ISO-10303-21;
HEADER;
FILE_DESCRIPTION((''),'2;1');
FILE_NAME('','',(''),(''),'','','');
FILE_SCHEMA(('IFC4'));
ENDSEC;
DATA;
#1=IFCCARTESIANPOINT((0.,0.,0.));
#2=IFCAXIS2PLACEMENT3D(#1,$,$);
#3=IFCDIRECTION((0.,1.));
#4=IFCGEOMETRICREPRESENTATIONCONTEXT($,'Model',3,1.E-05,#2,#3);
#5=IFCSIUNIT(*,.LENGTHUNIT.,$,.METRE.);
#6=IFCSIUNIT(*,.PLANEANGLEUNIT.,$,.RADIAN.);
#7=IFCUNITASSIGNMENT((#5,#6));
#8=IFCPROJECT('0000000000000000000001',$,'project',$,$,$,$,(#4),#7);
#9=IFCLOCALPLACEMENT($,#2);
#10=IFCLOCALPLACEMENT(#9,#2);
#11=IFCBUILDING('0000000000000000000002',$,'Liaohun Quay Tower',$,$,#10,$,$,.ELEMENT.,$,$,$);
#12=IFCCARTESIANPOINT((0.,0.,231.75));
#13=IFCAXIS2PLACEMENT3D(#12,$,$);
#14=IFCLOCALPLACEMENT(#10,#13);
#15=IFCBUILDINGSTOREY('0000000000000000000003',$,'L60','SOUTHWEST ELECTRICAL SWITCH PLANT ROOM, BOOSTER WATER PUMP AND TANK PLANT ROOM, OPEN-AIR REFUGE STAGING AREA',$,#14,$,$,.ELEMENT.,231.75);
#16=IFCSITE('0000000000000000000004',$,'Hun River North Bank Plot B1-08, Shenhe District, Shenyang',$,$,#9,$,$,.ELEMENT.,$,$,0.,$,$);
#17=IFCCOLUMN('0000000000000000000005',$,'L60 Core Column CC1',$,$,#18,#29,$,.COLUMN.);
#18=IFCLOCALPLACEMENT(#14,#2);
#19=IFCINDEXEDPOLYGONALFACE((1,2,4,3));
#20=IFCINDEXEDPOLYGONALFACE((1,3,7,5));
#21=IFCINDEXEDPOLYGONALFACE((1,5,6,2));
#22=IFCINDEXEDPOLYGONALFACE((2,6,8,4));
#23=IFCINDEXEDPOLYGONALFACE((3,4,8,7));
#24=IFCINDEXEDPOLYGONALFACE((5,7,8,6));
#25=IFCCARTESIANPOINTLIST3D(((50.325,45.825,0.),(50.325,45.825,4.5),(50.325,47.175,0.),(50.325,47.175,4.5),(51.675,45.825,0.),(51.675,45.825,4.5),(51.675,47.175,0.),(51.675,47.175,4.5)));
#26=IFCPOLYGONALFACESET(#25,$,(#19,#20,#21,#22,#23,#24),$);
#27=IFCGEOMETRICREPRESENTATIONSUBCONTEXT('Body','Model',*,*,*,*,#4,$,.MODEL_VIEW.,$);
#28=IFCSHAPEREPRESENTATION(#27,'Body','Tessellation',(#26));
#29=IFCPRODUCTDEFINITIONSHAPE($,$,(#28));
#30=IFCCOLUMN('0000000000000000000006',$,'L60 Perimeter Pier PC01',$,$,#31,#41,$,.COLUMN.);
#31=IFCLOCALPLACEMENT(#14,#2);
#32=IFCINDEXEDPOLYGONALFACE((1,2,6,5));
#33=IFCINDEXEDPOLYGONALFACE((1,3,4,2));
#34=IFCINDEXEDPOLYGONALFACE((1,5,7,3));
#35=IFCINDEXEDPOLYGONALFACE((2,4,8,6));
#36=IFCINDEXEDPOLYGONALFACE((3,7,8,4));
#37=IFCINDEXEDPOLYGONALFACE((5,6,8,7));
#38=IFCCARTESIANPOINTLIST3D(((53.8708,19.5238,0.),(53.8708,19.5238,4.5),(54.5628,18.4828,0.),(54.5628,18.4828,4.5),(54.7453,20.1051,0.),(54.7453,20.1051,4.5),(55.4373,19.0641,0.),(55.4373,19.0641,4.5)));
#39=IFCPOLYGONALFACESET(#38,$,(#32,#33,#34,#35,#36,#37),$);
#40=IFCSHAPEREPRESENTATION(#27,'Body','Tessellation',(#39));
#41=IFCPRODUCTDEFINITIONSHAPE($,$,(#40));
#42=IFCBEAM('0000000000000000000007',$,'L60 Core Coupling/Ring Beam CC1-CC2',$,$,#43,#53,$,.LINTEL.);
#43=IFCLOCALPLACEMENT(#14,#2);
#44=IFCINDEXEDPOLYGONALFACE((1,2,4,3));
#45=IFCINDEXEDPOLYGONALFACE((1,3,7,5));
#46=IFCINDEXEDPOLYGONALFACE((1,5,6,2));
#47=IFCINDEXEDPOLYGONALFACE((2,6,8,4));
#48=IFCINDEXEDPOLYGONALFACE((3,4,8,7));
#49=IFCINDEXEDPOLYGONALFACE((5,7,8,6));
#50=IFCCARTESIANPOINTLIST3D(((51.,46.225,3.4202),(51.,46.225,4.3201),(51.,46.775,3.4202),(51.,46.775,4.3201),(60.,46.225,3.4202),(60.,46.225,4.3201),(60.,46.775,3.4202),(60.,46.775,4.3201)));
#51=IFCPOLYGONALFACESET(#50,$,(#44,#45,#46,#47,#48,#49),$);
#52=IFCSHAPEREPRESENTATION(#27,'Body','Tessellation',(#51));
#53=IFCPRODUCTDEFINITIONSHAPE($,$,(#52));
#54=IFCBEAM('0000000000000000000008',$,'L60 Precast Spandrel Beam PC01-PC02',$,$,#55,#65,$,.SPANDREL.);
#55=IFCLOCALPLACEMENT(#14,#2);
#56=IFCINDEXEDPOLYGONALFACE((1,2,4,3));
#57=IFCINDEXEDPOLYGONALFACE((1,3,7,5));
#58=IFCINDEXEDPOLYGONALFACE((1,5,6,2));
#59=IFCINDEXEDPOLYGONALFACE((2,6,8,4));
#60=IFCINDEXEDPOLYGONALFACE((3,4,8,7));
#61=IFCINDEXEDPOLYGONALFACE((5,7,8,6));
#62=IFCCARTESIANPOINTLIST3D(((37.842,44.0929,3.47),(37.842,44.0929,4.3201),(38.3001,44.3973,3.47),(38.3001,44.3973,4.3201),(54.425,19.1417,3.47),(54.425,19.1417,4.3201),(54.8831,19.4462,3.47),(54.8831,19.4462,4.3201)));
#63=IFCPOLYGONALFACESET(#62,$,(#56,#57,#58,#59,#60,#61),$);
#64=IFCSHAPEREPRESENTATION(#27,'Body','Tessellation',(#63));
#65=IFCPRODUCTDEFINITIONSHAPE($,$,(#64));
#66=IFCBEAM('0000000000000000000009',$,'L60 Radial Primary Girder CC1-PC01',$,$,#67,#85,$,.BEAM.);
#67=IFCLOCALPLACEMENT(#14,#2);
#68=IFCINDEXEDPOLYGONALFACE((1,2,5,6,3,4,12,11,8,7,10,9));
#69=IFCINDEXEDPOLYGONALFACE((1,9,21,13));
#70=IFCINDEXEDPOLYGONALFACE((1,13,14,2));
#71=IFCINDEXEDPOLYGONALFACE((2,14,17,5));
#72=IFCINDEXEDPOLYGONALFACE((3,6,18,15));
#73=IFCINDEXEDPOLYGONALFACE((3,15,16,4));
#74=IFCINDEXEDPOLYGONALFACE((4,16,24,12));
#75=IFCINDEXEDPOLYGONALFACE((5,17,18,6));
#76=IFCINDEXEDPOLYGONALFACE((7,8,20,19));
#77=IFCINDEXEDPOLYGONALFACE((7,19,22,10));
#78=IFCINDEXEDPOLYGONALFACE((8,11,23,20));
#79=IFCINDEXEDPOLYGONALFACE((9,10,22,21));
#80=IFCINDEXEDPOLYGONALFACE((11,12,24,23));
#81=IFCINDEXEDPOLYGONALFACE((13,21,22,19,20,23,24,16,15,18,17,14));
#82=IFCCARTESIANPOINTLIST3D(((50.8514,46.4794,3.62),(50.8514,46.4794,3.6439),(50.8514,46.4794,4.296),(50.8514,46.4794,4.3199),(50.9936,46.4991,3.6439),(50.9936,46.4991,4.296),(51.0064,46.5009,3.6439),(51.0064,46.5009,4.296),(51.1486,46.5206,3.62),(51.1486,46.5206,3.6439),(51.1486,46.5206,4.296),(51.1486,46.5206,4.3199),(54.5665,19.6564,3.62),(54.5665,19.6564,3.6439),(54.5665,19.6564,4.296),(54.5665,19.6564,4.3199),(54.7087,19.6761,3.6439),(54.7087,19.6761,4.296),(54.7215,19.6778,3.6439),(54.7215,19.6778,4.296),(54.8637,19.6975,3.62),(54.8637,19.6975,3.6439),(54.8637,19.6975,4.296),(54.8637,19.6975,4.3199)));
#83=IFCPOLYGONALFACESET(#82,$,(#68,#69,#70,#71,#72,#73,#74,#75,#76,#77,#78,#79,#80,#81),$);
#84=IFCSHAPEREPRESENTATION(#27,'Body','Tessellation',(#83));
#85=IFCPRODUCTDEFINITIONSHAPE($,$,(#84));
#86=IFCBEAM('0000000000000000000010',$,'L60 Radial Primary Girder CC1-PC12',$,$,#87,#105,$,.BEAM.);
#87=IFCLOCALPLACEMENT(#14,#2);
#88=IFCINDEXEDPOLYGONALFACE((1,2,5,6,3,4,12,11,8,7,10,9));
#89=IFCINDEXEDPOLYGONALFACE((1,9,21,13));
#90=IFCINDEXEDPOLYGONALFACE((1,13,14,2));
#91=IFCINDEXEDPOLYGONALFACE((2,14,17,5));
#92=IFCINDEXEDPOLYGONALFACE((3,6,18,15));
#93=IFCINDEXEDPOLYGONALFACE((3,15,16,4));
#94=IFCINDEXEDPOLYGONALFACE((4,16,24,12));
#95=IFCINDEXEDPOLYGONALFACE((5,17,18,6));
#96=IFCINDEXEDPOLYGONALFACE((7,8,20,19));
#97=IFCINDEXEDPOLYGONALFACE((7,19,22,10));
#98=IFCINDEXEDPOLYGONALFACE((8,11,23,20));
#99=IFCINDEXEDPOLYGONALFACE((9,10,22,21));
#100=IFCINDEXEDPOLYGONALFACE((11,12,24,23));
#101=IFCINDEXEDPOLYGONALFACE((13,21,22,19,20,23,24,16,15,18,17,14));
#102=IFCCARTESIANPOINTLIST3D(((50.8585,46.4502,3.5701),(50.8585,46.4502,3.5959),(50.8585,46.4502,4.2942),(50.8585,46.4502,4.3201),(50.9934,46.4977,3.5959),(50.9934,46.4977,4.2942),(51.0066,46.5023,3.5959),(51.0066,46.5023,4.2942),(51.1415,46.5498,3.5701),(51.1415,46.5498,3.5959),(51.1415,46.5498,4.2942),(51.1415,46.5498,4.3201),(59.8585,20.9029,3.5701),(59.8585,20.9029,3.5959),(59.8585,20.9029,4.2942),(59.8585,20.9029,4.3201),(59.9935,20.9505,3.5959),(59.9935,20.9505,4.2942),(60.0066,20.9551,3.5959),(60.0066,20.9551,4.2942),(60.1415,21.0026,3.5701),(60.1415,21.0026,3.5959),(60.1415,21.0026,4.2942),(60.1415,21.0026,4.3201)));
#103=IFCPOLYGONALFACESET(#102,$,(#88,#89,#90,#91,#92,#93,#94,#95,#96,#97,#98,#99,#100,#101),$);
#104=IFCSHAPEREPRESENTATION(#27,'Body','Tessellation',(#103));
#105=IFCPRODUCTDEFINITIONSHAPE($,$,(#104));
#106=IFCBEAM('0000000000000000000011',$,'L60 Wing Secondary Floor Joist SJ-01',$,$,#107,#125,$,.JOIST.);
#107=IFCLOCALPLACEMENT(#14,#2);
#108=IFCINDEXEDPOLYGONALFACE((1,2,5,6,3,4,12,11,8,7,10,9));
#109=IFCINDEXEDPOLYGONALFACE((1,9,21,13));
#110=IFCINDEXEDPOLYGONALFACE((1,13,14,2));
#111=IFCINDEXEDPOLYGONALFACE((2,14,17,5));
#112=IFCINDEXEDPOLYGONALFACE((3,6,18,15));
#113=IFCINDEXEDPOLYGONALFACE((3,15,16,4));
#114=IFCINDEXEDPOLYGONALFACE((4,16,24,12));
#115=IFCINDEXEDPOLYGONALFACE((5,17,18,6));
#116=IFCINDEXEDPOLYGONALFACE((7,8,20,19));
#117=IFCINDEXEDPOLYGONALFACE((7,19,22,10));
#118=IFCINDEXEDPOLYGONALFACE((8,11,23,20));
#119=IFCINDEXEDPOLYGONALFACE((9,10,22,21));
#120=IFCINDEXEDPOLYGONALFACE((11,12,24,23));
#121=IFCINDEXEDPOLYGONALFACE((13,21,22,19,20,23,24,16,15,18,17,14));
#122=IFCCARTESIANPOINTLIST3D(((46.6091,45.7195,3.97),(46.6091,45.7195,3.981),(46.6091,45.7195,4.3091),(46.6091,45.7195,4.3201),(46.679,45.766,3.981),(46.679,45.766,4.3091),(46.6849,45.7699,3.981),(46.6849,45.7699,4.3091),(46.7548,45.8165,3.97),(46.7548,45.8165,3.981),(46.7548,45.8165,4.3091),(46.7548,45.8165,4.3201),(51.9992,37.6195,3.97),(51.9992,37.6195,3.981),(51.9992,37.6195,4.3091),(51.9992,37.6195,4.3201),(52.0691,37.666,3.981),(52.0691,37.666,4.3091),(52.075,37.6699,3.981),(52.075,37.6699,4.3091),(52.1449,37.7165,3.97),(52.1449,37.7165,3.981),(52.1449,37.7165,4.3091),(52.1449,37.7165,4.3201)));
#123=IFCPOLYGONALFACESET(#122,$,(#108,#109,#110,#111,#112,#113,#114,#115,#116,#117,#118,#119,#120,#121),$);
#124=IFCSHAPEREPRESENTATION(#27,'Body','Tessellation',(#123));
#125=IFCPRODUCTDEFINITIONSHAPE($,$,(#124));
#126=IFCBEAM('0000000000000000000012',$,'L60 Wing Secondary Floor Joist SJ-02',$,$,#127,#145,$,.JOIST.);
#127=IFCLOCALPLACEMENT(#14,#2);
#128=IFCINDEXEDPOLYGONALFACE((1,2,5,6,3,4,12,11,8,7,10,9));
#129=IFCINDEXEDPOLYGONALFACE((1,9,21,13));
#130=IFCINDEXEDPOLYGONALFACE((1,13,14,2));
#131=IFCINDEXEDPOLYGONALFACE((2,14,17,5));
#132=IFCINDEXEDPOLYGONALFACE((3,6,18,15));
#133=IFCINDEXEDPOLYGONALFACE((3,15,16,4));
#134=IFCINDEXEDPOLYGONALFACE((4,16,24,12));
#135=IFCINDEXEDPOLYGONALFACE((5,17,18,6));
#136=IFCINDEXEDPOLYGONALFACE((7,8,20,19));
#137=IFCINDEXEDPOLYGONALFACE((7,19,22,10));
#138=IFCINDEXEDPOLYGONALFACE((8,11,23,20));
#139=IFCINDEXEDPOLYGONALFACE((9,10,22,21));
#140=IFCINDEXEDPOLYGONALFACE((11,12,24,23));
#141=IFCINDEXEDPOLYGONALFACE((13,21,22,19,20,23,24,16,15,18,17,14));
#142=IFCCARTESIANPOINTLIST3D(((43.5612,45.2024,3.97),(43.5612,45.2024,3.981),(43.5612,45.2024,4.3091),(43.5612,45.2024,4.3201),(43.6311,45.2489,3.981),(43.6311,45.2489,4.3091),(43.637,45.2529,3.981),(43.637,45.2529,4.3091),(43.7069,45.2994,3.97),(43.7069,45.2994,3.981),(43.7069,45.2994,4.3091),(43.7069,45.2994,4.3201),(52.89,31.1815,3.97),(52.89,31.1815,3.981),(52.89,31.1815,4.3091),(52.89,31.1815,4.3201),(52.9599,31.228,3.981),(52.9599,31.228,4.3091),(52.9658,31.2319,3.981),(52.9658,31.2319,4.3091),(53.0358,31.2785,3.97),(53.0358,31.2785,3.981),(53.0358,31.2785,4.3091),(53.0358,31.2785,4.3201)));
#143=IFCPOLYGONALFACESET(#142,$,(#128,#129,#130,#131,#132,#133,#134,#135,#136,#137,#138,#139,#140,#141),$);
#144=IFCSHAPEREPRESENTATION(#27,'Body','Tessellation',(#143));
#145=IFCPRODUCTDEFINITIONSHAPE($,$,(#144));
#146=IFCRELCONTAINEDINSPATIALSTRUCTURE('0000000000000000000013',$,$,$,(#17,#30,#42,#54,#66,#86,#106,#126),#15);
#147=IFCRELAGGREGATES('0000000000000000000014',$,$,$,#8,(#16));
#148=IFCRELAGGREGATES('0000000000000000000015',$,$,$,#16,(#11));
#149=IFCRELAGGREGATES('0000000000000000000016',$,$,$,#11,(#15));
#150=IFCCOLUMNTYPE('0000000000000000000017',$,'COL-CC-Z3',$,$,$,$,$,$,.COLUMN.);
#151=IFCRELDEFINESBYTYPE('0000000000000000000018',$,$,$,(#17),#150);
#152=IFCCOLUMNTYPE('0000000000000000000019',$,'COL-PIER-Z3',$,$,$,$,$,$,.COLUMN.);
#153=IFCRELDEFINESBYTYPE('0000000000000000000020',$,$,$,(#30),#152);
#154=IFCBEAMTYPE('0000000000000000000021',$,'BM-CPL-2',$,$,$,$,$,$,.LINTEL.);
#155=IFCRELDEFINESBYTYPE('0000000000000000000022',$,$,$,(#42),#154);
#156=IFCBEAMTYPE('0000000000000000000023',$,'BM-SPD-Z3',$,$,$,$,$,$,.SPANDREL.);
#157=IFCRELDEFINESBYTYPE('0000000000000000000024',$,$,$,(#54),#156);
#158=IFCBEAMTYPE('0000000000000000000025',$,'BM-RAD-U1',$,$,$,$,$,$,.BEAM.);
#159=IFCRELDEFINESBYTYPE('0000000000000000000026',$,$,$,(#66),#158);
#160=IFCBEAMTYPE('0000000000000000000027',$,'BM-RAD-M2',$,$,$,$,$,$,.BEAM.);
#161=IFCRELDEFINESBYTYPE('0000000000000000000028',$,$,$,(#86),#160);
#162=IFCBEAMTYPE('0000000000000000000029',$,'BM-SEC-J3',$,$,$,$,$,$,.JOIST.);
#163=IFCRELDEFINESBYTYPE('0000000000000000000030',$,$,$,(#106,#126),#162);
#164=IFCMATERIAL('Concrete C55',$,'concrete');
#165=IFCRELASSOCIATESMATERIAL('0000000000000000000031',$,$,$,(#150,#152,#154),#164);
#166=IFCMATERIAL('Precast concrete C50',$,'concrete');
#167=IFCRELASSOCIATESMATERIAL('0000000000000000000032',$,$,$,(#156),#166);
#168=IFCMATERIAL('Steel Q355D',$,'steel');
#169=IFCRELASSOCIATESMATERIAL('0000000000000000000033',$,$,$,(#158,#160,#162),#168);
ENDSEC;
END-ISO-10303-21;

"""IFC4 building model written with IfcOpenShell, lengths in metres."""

from ifc_helpers import new_model, si_unit, direction, frame, origin, origin_2d, place, context, subcontext, project, spatial, rectangle, i_section, extrude, source, transform, mapped, material, material_profile, profile_set, type_object, element, save


model = new_model("IFC4")

# Units and contexts
model_context = context("Model", 3, precision=1e-05, world=origin(), true_north=direction((0.0, 1.0)))
body_context = subcontext(model_context, "Body", "Model", "MODEL_VIEW")
ifc_project = project(units=[si_unit("LENGTHUNIT", "METRE"), si_unit("PLANEANGLEUNIT", "RADIAN")], contexts=[model_context])

# Site, building, storey
site_placement = place(None, origin())
site = spatial("IfcSite", under=ifc_project, at=site_placement, Name="Hun River North Bank Plot B1-08, Shenhe District, Shenyang", CompositionType="ELEMENT", RefElevation=0.0)
building_placement = place(site_placement, origin())
building = spatial("IfcBuilding", under=site, at=building_placement, Name="Liaohun Quay Tower", CompositionType="ELEMENT")
storey_placement = place(building_placement, frame((0.0, 0.0, 231.75)))
storey = spatial("IfcBuildingStorey", under=building, at=storey_placement, Name="L60", Description="SOUTHWEST ELECTRICAL SWITCH PLANT ROOM, BOOSTER WATER PUMP AND TANK PLANT ROOM, OPEN-AIR REFUGE STAGING AREA", CompositionType="ELEMENT", Elevation=231.75)

# Columns
ifc_material_1 = material(Name="Concrete C55", Category="concrete")
ifc_material_profile_1 = material_profile(ifc_material_1, rectangle(XDim=1.3501, YDim=1.3501, at=origin_2d()), Name="RC1350x1350")
ifc_profile_set_1 = profile_set([ifc_material_profile_1], Name="Concrete C55")
column_type_1 = type_object("IfcColumnType", Name="COL-CC-Z3", PredefinedType="COLUMN", material=ifc_profile_set_1)
shared_shape_1 = source(origin(), body_context, "Body", "SweptSolid", [
    extrude(rectangle(XDim=1.3501, YDim=1.3501, at=origin_2d()), origin(), (0.0, 0.0, 1.0), 4.5),
])
column_1_placement = place(storey_placement, frame((51.0, 46.5, 0.0), z_axis=(0.0, 0.0, 1.0), x_axis=(1.0, 0.0, 0.0)))
element("IfcColumn", 1, at=column_1_placement, inside=storey, type_object=column_type_1, Name="L60 Core Column CC1", PredefinedType="COLUMN", context=body_context, shape_type="MappedRepresentation", body=[
    mapped(shared_shape_1, transform((0.0, 0.0, 0.0), x_axis=(1.0, 0.0, 0.0), y_axis=(0.0, 1.0, 0.0), z_axis=(0.0, 0.0, 1.0), scale=1.0)),
])
ifc_material_profile_2 = material_profile(ifc_material_1, rectangle(XDim=1.25, YDim=1.05, at=origin_2d()), Name="RC1250x1050")
ifc_profile_set_2 = profile_set([ifc_material_profile_2], Name="Concrete C55")
column_type_2 = type_object("IfcColumnType", Name="COL-PIER-Z3", PredefinedType="COLUMN", material=ifc_profile_set_2)
shared_shape_2 = source(origin(), body_context, "Body", "SweptSolid", [
    extrude(rectangle(XDim=1.25, YDim=1.05, at=origin_2d()), origin(), (0.0, 0.0, 1.0), 4.5),
])
column_2_placement = place(storey_placement, frame((54.6541, 19.2939, 0.0), z_axis=(0.0, 0.0, 1.0), x_axis=(-0.553537, 0.832825, 0.0)))
element("IfcColumn", 2, at=column_2_placement, inside=storey, type_object=column_type_2, Name="L60 Perimeter Pier PC01", PredefinedType="COLUMN", context=body_context, shape_type="MappedRepresentation", body=[
    mapped(shared_shape_2, transform((0.0, 0.0, 0.0), x_axis=(1.0, 0.0, 0.0), y_axis=(0.0, 1.0, 0.0), z_axis=(0.0, 0.0, 1.0), scale=1.0)),
])

# Beams
ifc_material_profile_3 = material_profile(ifc_material_1, rectangle(XDim=0.55, YDim=0.8999, at=origin_2d()), Name="RC550x900")
ifc_profile_set_3 = profile_set([ifc_material_profile_3], Name="Concrete C55")
beam_type_1 = type_object("IfcBeamType", Name="BM-CPL-2", PredefinedType="LINTEL", material=ifc_profile_set_3)
shared_shape_3 = source(origin(), body_context, "Body", "SweptSolid", [
    extrude(rectangle(XDim=0.55, YDim=0.8999, at=origin_2d()), origin(), (0.0, 0.0, 1.0), 9.0),
])
beam_1_placement = place(storey_placement, frame((51.0, 46.5, 3.8701), z_axis=(1.0, 0.0, 0.0), x_axis=(0.0, 1.0, 0.0)))
element("IfcBeam", 3, at=beam_1_placement, inside=storey, type_object=beam_type_1, Name="L60 Core Coupling/Ring Beam CC1-CC2", PredefinedType="LINTEL", context=body_context, shape_type="MappedRepresentation", body=[
    mapped(shared_shape_3, transform((0.0, 0.0, 0.0), x_axis=(1.0, 0.0, 0.0), y_axis=(0.0, 1.0, 0.0), z_axis=(0.0, 0.0, 1.0), scale=1.0)),
])
ifc_material_2 = material(Name="Precast concrete C50", Category="concrete")
ifc_material_profile_4 = material_profile(ifc_material_2, rectangle(XDim=0.55, YDim=0.8501, at=origin_2d()), Name="RC550x850")
ifc_profile_set_4 = profile_set([ifc_material_profile_4], Name="Precast concrete C50")
beam_type_2 = type_object("IfcBeamType", Name="BM-SPD-Z3", PredefinedType="SPANDREL", material=ifc_profile_set_4)
shared_shape_4 = source(origin(), body_context, "Body", "SweptSolid", [
    extrude(rectangle(XDim=0.55, YDim=0.8501, at=origin_2d()), origin(), (0.0, 0.0, 1.0), 29.9592),
])
beam_2_placement = place(storey_placement, frame((54.6541, 19.2939, 3.895), z_axis=(-0.553519, 0.832837, 0.0), x_axis=(-0.832837, -0.553519, 0.0)))
element("IfcBeam", 4, at=beam_2_placement, inside=storey, type_object=beam_type_2, Name="L60 Precast Spandrel Beam PC01-PC02", PredefinedType="SPANDREL", context=body_context, shape_type="MappedRepresentation", body=[
    mapped(shared_shape_4, transform((0.0, 0.0, 0.0), x_axis=(1.0, 0.0, 0.0), y_axis=(0.0, 1.0, 0.0), z_axis=(0.0, 0.0, 1.0), scale=1.0)),
])
ifc_material_3 = material(Name="Steel Q355D", Category="steel")
ifc_material_profile_5 = material_profile(ifc_material_3, i_section(OverallWidth=0.3, OverallDepth=0.7, WebThickness=0.0129, FlangeThickness=0.0239, at=origin_2d()), Name="HN700x300x13x24")
ifc_profile_set_5 = profile_set([ifc_material_profile_5], Name="Steel Q355D")
beam_type_3 = type_object("IfcBeamType", Name="BM-RAD-U1", PredefinedType="BEAM", material=ifc_profile_set_5)
shared_shape_5 = source(origin(), body_context, "Body", "SweptSolid", [
    extrude(i_section(OverallWidth=0.3, OverallDepth=0.7, WebThickness=0.0129, FlangeThickness=0.0239, at=origin_2d()), origin(), (0.0, 0.0, 1.0), 27.0791),
])
beam_3_placement = place(storey_placement, frame((51.0, 46.5, 3.97), z_axis=(0.137194, -0.990544, 0.0), x_axis=(0.990544, 0.137194, 0.0)))
element("IfcBeam", 5, at=beam_3_placement, inside=storey, type_object=beam_type_3, Name="L60 Radial Primary Girder CC1-PC01", PredefinedType="BEAM", context=body_context, shape_type="MappedRepresentation", body=[
    mapped(shared_shape_5, transform((0.0, 0.0, 0.0), x_axis=(1.0, 0.0, 0.0), y_axis=(0.0, 1.0, 0.0), z_axis=(0.0, 0.0, 1.0), scale=1.0)),
])
ifc_material_profile_6 = material_profile(ifc_material_3, i_section(OverallWidth=0.3, OverallDepth=0.75, WebThickness=0.0139, FlangeThickness=0.0259, at=origin_2d()), Name="HN750x300x14x26")
ifc_profile_set_6 = profile_set([ifc_material_profile_6], Name="Steel Q355D")
beam_type_4 = type_object("IfcBeamType", Name="BM-RAD-M2", PredefinedType="BEAM", material=ifc_profile_set_6)
shared_shape_6 = source(origin(), body_context, "Body", "SweptSolid", [
    extrude(i_section(OverallWidth=0.3, OverallDepth=0.75, WebThickness=0.0139, FlangeThickness=0.0259, at=origin_2d()), origin(), (0.0, 0.0, 1.0), 27.0862),
])
beam_4_placement = place(storey_placement, frame((51.0, 46.5, 3.9451), z_axis=(0.332274, -0.943183, 0.0), x_axis=(0.943183, 0.332274, 0.0)))
element("IfcBeam", 6, at=beam_4_placement, inside=storey, type_object=beam_type_4, Name="L60 Radial Primary Girder CC1-PC12", PredefinedType="BEAM", context=body_context, shape_type="MappedRepresentation", body=[
    mapped(shared_shape_6, transform((0.0, 0.0, 0.0), x_axis=(1.0, 0.0, 0.0), y_axis=(0.0, 1.0, 0.0), z_axis=(0.0, 0.0, 1.0), scale=1.0)),
])
ifc_material_profile_7 = material_profile(ifc_material_3, i_section(OverallWidth=0.175, OverallDepth=0.3501, WebThickness=0.0071, FlangeThickness=0.011, at=origin_2d()), Name="HN350x175x7x11")
ifc_profile_set_7 = profile_set([ifc_material_profile_7], Name="Steel Q355D")
beam_type_5 = type_object("IfcBeamType", Name="BM-SEC-J3", PredefinedType="JOIST", material=ifc_profile_set_7)
shared_shape_7 = source(origin(), body_context, "Body", "SweptSolid", [
    extrude(i_section(OverallWidth=0.175, OverallDepth=0.3501, WebThickness=0.0071, FlangeThickness=0.011, at=origin_2d()), origin(), (0.0, 0.0, 1.0), 9.7295),
])
beam_5_placement = place(storey_placement, frame((52.072, 37.668, 4.145), z_axis=(-0.553994, 0.832521, 0.0), x_axis=(-0.832521, -0.553994, 0.0)))
element("IfcBeam", 7, at=beam_5_placement, inside=storey, type_object=beam_type_5, Name="L60 Wing Secondary Floor Joist SJ-01", PredefinedType="JOIST", context=body_context, shape_type="MappedRepresentation", body=[
    mapped(shared_shape_7, transform((0.0, 0.0, 0.0), x_axis=(1.0, 0.0, 0.0), y_axis=(0.0, 1.0, 0.0), z_axis=(0.0, 0.0, 1.0), scale=1.0)),
])
shared_shape_8 = source(origin(), body_context, "Body", "SweptSolid", [
    extrude(i_section(OverallWidth=0.175, OverallDepth=0.3501, WebThickness=0.0071, FlangeThickness=0.011, at=origin_2d()), origin(), (0.0, 0.0, 1.0), 16.8408),
])
beam_6_placement = place(storey_placement, frame((52.9629, 31.23, 4.145), z_axis=(-0.553941, 0.832556, 0.0), x_axis=(-0.832556, -0.553941, 0.0)))
element("IfcBeam", 8, at=beam_6_placement, inside=storey, type_object=beam_type_5, Name="L60 Wing Secondary Floor Joist SJ-02", PredefinedType="JOIST", context=body_context, shape_type="MappedRepresentation", body=[
    mapped(shared_shape_8, transform((0.0, 0.0, 0.0), x_axis=(1.0, 0.0, 0.0), y_axis=(0.0, 1.0, 0.0), z_axis=(0.0, 0.0, 1.0), scale=1.0)),
])

save(model, "model.ifc")
